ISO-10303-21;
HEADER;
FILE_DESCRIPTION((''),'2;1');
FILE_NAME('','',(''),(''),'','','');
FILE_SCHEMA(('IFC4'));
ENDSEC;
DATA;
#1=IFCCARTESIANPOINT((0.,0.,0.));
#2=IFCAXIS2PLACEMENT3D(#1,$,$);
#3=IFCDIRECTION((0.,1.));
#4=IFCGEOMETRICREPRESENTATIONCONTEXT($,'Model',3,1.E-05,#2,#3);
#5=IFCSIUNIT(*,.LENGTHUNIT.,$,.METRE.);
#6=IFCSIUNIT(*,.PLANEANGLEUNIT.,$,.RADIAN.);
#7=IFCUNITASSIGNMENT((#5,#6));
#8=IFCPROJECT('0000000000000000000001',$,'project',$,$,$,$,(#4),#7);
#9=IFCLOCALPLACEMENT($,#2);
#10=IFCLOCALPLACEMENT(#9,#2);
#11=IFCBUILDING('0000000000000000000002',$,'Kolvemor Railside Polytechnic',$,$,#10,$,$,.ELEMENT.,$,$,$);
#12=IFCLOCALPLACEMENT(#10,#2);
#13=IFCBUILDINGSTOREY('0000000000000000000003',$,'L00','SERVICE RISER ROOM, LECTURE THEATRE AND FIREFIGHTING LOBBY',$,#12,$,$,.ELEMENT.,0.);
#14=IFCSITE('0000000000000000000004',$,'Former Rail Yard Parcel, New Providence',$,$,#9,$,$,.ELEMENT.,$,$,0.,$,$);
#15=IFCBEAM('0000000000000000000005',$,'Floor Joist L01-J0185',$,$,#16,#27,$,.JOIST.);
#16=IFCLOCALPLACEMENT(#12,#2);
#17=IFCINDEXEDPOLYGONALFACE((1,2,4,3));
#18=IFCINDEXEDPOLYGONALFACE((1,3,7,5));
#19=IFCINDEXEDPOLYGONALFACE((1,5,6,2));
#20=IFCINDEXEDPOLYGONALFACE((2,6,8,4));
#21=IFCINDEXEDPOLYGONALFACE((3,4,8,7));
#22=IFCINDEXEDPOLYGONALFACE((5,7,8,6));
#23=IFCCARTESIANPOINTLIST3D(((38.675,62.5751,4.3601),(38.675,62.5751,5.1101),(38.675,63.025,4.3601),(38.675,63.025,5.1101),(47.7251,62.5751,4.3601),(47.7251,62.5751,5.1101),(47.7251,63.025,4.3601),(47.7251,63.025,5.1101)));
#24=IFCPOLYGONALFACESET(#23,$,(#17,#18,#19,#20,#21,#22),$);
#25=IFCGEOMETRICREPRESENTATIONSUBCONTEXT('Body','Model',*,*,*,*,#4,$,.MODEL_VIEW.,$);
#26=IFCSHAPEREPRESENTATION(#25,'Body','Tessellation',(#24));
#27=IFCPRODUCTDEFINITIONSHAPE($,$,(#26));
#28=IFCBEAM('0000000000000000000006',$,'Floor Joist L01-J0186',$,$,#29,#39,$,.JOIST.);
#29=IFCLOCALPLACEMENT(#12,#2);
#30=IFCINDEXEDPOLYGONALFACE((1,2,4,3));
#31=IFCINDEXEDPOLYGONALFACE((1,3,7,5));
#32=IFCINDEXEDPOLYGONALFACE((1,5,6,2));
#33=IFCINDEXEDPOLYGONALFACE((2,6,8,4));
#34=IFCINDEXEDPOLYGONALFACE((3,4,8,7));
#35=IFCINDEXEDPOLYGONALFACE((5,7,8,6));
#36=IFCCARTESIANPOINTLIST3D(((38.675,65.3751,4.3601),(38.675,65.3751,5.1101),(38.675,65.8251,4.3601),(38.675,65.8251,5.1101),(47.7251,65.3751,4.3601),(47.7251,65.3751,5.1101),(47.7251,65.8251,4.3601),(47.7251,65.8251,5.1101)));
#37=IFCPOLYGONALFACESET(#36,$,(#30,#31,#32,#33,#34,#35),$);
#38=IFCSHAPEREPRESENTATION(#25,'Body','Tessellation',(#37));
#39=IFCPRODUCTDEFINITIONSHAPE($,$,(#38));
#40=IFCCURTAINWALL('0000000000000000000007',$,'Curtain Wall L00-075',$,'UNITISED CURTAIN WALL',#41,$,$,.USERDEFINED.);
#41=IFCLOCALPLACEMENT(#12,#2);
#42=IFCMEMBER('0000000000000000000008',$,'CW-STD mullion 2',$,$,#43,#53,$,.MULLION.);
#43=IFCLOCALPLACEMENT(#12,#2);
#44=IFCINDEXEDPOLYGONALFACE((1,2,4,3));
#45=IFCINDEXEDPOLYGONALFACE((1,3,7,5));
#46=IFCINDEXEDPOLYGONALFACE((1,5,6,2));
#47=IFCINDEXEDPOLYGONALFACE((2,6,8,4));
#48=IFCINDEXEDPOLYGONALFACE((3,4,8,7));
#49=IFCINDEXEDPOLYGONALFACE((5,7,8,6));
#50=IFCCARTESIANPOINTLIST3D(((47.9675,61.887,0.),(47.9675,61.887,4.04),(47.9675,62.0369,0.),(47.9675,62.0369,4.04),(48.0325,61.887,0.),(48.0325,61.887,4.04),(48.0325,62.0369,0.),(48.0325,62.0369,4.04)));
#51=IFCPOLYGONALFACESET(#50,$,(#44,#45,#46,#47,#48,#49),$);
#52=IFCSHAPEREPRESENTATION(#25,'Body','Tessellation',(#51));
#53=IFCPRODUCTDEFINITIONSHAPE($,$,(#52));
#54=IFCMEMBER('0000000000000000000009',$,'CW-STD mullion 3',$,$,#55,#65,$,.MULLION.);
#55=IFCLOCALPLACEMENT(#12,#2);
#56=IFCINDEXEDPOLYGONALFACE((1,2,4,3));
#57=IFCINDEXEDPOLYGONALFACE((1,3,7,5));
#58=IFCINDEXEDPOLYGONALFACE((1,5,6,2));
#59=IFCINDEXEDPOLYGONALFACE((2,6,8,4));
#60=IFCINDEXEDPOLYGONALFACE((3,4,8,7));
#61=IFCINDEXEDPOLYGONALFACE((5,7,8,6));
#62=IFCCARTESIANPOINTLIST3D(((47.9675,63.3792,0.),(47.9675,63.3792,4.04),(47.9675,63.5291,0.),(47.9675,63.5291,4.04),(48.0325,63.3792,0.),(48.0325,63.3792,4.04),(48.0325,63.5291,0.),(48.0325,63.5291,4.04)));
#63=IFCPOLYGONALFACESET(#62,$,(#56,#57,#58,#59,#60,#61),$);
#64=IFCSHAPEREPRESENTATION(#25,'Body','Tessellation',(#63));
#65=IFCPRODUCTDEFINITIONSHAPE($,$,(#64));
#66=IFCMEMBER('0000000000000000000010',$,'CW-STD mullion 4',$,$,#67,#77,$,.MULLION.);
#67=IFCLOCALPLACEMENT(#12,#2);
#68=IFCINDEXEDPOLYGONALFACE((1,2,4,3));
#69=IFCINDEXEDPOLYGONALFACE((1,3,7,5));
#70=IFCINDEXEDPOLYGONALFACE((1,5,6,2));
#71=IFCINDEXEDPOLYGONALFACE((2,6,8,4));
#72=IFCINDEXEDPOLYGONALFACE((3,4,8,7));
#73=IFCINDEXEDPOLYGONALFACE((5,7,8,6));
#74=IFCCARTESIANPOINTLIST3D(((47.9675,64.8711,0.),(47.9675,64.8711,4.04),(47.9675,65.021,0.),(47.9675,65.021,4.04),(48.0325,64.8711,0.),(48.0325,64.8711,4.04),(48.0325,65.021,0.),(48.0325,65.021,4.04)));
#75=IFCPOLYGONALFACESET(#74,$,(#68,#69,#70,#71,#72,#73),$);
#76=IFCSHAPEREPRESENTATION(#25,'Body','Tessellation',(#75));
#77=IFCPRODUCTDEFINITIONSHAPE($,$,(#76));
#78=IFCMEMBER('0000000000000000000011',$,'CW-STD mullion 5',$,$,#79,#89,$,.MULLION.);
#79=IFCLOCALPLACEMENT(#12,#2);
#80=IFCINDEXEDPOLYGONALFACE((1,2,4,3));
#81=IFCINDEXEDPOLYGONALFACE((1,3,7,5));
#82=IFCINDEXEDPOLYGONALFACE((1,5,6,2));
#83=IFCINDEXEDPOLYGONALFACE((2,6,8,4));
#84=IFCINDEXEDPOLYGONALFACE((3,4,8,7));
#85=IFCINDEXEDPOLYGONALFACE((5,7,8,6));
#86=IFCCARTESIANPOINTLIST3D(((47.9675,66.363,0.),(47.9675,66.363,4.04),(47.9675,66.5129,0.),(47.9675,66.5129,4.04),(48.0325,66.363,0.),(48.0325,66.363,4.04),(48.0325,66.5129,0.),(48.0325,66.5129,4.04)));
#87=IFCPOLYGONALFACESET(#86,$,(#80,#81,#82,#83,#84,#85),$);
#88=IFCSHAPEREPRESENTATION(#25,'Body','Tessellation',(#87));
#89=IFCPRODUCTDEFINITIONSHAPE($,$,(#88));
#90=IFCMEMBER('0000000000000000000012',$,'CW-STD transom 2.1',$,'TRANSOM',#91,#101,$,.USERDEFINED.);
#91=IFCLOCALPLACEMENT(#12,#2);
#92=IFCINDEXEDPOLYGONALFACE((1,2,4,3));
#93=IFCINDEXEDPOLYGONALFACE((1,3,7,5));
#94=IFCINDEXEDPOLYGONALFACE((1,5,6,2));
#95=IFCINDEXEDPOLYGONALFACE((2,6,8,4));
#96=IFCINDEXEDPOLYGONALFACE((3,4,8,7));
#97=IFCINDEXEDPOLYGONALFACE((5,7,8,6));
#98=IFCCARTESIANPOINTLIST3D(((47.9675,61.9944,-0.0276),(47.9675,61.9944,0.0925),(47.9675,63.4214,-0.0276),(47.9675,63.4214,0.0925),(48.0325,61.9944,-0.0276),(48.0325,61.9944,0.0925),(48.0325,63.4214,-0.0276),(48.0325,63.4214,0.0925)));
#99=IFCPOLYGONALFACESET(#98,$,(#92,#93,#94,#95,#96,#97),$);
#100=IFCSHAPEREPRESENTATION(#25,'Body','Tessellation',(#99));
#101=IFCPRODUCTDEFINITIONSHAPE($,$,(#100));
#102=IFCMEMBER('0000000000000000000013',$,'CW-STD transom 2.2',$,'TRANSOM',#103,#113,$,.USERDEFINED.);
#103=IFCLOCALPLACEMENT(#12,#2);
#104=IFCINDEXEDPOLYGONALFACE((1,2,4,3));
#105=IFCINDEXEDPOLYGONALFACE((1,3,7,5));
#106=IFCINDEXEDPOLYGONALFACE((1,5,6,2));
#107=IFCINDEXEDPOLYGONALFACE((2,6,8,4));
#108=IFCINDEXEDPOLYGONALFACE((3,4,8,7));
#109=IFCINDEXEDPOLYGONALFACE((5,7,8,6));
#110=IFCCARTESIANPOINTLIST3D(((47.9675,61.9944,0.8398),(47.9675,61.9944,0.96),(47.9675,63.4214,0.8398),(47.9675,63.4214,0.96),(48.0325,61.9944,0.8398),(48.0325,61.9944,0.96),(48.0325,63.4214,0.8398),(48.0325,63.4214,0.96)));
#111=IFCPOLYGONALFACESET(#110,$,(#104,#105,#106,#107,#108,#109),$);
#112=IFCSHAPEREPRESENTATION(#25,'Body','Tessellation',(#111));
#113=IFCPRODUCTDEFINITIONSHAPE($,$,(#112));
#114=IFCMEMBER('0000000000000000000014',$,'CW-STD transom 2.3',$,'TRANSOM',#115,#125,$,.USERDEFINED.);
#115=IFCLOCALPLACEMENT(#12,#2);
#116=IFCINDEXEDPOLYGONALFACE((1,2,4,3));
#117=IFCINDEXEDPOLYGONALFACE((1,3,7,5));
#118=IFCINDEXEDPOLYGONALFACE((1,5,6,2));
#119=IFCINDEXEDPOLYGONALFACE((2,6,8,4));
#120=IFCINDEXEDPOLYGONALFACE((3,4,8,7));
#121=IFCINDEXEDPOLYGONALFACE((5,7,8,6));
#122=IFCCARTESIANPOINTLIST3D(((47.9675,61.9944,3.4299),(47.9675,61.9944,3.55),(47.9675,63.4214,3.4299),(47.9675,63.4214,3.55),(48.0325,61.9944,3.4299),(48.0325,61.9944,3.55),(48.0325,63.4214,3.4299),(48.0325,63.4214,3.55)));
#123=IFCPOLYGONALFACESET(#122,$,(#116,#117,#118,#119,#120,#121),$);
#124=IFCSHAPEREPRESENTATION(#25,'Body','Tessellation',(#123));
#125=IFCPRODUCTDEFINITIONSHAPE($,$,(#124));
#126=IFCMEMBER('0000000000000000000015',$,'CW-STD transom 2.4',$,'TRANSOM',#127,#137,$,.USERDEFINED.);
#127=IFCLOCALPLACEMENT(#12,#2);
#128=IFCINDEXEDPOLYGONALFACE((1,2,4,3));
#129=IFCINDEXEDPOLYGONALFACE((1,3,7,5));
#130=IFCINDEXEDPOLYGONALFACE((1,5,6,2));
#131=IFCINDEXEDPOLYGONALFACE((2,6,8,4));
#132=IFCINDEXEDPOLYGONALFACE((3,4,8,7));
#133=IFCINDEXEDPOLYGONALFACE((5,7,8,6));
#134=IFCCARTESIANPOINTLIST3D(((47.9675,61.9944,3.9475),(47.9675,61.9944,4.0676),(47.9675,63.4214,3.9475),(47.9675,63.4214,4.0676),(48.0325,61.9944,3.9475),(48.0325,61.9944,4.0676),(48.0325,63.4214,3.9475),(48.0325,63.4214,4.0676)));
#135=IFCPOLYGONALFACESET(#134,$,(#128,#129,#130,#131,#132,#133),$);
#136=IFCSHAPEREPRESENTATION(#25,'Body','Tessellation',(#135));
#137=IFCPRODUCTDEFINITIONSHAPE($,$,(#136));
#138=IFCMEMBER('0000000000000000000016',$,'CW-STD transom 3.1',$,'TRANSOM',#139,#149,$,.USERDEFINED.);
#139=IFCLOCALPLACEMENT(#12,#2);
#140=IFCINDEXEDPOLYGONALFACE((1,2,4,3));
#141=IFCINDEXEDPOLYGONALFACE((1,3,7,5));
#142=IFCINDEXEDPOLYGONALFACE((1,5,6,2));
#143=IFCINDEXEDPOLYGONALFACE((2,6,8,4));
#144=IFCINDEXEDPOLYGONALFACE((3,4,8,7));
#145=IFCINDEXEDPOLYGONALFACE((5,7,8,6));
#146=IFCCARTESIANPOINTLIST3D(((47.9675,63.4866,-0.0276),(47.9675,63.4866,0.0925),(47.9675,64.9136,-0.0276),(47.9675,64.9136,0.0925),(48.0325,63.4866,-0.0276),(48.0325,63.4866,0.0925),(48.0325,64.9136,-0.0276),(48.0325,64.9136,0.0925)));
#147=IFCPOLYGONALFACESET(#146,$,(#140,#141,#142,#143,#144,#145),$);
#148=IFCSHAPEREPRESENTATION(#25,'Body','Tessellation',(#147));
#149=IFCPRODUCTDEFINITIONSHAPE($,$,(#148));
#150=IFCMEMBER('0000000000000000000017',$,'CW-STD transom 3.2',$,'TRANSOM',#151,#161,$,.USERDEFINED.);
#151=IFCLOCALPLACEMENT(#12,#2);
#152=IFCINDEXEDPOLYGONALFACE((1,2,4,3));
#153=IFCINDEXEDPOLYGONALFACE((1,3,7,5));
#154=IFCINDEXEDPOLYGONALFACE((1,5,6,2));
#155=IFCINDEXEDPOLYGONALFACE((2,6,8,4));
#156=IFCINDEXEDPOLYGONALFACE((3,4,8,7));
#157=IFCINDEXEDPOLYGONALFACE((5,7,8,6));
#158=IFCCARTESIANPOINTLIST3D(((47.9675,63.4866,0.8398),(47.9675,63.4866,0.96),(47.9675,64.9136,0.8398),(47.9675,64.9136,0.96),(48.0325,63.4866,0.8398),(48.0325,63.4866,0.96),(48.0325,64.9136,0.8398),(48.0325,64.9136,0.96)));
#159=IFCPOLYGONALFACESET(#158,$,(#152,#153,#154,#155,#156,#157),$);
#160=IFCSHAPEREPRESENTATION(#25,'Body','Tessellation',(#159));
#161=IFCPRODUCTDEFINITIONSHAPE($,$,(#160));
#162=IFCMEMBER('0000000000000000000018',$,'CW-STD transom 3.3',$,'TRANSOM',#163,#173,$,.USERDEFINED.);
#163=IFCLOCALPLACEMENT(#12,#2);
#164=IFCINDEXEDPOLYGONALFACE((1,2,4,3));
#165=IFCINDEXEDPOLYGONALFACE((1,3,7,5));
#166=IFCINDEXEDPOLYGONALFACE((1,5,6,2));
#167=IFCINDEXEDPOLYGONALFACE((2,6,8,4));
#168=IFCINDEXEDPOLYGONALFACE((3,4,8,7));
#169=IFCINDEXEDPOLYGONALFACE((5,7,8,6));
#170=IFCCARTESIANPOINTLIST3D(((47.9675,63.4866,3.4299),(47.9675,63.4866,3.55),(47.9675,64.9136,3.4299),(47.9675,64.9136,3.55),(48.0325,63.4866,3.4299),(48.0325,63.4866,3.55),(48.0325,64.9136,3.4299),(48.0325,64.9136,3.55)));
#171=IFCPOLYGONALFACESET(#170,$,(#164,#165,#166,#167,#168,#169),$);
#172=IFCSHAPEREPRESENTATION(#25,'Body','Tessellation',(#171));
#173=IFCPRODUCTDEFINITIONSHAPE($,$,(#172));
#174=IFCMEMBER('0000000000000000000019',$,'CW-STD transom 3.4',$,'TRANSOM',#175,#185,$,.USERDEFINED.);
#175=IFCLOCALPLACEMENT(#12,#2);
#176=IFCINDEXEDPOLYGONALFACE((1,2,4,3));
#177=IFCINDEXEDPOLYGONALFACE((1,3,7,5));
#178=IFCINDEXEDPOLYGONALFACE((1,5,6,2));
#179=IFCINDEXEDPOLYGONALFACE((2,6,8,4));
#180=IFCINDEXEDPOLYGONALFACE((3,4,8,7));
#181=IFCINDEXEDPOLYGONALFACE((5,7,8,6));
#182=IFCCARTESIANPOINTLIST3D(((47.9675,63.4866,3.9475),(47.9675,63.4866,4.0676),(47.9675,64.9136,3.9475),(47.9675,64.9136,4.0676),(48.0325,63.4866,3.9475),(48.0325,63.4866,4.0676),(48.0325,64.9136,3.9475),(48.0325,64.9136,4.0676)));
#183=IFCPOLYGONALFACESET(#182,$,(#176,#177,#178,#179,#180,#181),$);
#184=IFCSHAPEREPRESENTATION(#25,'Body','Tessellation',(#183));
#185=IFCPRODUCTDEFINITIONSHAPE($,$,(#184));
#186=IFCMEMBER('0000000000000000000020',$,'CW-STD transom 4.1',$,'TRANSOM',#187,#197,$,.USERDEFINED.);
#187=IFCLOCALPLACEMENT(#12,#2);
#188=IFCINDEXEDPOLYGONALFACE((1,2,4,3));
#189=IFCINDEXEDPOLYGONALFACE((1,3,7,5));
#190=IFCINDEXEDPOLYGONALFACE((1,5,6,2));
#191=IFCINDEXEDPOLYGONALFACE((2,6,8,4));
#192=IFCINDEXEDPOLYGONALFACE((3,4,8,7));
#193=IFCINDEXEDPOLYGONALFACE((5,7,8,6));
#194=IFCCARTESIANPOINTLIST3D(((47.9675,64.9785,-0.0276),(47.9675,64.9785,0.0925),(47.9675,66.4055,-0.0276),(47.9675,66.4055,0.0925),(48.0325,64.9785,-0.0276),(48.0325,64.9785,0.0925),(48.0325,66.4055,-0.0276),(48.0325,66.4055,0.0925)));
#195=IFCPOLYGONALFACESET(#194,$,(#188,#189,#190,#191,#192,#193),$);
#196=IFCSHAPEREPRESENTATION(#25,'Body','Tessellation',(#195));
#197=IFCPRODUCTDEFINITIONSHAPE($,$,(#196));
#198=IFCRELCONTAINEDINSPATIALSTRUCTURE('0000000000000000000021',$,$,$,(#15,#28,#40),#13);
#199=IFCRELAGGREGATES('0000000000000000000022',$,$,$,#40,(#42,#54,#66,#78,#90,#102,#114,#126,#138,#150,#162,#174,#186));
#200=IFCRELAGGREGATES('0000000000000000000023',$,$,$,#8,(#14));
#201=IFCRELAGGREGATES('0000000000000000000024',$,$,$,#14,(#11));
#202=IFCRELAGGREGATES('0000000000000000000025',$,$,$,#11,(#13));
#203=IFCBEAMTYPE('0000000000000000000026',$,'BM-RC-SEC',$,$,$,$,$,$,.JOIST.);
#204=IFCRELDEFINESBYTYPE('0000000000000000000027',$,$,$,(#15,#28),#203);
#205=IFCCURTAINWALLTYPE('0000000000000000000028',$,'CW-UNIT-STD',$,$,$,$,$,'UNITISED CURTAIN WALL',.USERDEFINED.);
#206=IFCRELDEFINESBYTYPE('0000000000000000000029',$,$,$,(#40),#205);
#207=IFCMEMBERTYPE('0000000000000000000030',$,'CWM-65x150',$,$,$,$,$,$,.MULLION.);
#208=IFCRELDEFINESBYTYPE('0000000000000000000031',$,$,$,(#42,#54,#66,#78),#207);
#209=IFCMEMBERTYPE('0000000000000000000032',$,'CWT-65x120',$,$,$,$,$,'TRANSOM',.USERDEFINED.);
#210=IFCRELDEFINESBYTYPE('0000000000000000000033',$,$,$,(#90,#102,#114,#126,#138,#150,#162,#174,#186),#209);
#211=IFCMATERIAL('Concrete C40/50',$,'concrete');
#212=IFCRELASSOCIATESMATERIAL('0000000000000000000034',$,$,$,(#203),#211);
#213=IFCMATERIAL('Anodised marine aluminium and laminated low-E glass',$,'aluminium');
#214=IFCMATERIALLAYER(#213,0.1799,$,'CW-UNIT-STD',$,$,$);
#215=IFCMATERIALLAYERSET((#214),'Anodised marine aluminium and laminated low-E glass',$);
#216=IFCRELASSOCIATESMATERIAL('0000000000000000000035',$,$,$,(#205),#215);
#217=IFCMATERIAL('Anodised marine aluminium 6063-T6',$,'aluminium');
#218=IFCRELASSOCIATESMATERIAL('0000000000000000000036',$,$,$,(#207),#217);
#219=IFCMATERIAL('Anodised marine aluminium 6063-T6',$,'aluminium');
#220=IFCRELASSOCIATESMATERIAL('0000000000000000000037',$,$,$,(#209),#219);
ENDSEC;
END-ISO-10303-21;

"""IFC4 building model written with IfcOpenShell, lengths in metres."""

from ifc_helpers import new_model, si_unit, direction, frame, origin, origin_2d, place, context, subcontext, project, spatial, rectangle, extrude, material, layer, layer_set, material_profile, profile_set, type_object, element, aggregate, save


model = new_model("IFC4")

# Units and contexts
model_context = context("Model", 3, precision=1e-05, world=origin(), true_north=direction((0.0, 1.0)))
body_context = subcontext(model_context, "Body", "Model", "MODEL_VIEW")
ifc_project = project(units=[si_unit("LENGTHUNIT", "METRE"), si_unit("PLANEANGLEUNIT", "RADIAN")], contexts=[model_context])

# Site, building, storey
site_placement = place(None, origin())
site = spatial("IfcSite", under=ifc_project, at=site_placement, Name="Former Rail Yard Parcel, New Providence", CompositionType="ELEMENT", RefElevation=0.0)
building_placement = place(site_placement, origin())
building = spatial("IfcBuilding", under=site, at=building_placement, Name="Kolvemor Railside Polytechnic", CompositionType="ELEMENT")
storey_placement = place(building_placement, origin())
storey = spatial("IfcBuildingStorey", under=building, at=storey_placement, Name="L00", Description="SERVICE RISER ROOM, LECTURE THEATRE AND FIREFIGHTING LOBBY", CompositionType="ELEMENT", Elevation=0.0)

# Beams
ifc_material_1 = material(Name="Concrete C40/50", Category="concrete")
ifc_material_profile_1 = material_profile(ifc_material_1, rectangle(XDim=0.45, YDim=0.75, at=origin_2d()), Name="RC450x750")
ifc_profile_set_1 = profile_set([ifc_material_profile_1], Name="Concrete C40/50")
beam_type = type_object("IfcBeamType", Name="BM-RC-SEC", PredefinedType="JOIST", material=ifc_profile_set_1)
for number, where, z_axis, x_axis, name in (
    (1, (38.675, 62.8, 4.7351), (1.0, 0.0, 0.0), (0.0, 1.0, 0.0), "Floor Joist L01-J0185"),
    (2, (38.675, 65.6001, 4.7351), (1.0, 0.0, 0.0), (0.0, 1.0, 0.0), "Floor Joist L01-J0186"),
):
    element("IfcBeam", number, at=place(storey_placement, frame(where, z_axis=z_axis, x_axis=x_axis)), inside=storey, type_object=beam_type, Name=name, PredefinedType="JOIST", context=body_context, shape_type="SweptSolid", body=[
        extrude(rectangle(XDim=0.45, YDim=0.75, at=origin_2d()), origin(), (0.0, 0.0, 1.0), 9.05),
    ])

# Curtain wall, members
ifc_material_2 = material(Name="Anodised marine aluminium and laminated low-E glass", Category="aluminium")
ifc_layer_1 = layer(ifc_material_2, 0.1799, Name="CW-UNIT-STD")
ifc_layer_set_1 = layer_set([ifc_layer_1], Name="Anodised marine aluminium and laminated low-E glass")
curtain_wall_type = type_object("IfcCurtainWallType", Name="CW-UNIT-STD", ElementType="UNITISED CURTAIN WALL", PredefinedType="USERDEFINED", material=ifc_layer_set_1)
curtain_wall_placement = place(storey_placement, origin())
curtain_wall = element("IfcCurtainWall", 3, at=curtain_wall_placement, inside=storey, type_object=curtain_wall_type, Name="Curtain Wall L00-075", ObjectType="UNITISED CURTAIN WALL", PredefinedType="USERDEFINED")
ifc_material_3 = material(Name="Anodised marine aluminium 6063-T6", Category="aluminium")
ifc_material_profile_2 = material_profile(ifc_material_3, rectangle(XDim=0.0649, YDim=0.1499, at=origin_2d()), Name="CW-MUL-65x150")
ifc_profile_set_2 = profile_set([ifc_material_profile_2], Name="Anodised marine aluminium 6063-T6")
member_type_1 = type_object("IfcMemberType", Name="CWM-65x150", PredefinedType="MULLION", material=ifc_profile_set_2)
member_1_placement = place(storey_placement, frame((48.0, 61.9619, 0.0), z_axis=(0.0, 0.0, 1.0), x_axis=(-1.0, 0.0, 0.0)))
member_1 = element("IfcMember", 4, at=member_1_placement, type_object=member_type_1, Name="CW-STD mullion 2", PredefinedType="MULLION", context=body_context, shape_type="SweptSolid", body=[
    extrude(rectangle(XDim=0.0649, YDim=0.1499, at=origin_2d()), origin(), (0.0, 0.0, 1.0), 4.04),
])
member_2_placement = place(storey_placement, frame((48.0, 63.4541, 0.0), z_axis=(0.0, 0.0, 1.0), x_axis=(-1.0, 0.0, 0.0)))
member_2 = element("IfcMember", 5, at=member_2_placement, type_object=member_type_1, Name="CW-STD mullion 3", PredefinedType="MULLION", context=body_context, shape_type="SweptSolid", body=[
    extrude(rectangle(XDim=0.0649, YDim=0.1499, at=origin_2d()), origin(), (0.0, 0.0, 1.0), 4.04),
])
member_3_placement = place(storey_placement, frame((48.0, 64.946, 0.0), z_axis=(0.0, 0.0, 1.0), x_axis=(-1.0, 0.0, 0.0)))
member_3 = element("IfcMember", 6, at=member_3_placement, type_object=member_type_1, Name="CW-STD mullion 4", PredefinedType="MULLION", context=body_context, shape_type="SweptSolid", body=[
    extrude(rectangle(XDim=0.0649, YDim=0.1499, at=origin_2d()), origin(), (0.0, 0.0, 1.0), 4.04),
])
member_4_placement = place(storey_placement, frame((48.0, 66.438, 0.0), z_axis=(0.0, 0.0, 1.0), x_axis=(-1.0, 0.0, 0.0)))
member_4 = element("IfcMember", 7, at=member_4_placement, type_object=member_type_1, Name="CW-STD mullion 5", PredefinedType="MULLION", context=body_context, shape_type="SweptSolid", body=[
    extrude(rectangle(XDim=0.0649, YDim=0.1499, at=origin_2d()), origin(), (0.0, 0.0, 1.0), 4.04),
])
ifc_material_4 = material(Name="Anodised marine aluminium 6063-T6", Category="aluminium")
ifc_material_profile_3 = material_profile(ifc_material_4, rectangle(XDim=0.0649, YDim=0.1201, at=origin_2d()), Name="CW-TRN-65x120")
ifc_profile_set_3 = profile_set([ifc_material_profile_3], Name="Anodised marine aluminium 6063-T6")
member_type_2 = type_object("IfcMemberType", Name="CWT-65x120", ElementType="TRANSOM", PredefinedType="USERDEFINED", material=ifc_profile_set_3)
member_5_placement = place(storey_placement, frame((48.0, 61.9944, 0.0325), z_axis=(0.0, 1.0, 0.0), x_axis=(-1.0, 0.0, 0.0)))
member_5 = element("IfcMember", 8, at=member_5_placement, type_object=member_type_2, Name="CW-STD transom 2.1", ObjectType="TRANSOM", PredefinedType="USERDEFINED", context=body_context, shape_type="SweptSolid", body=[
    extrude(rectangle(XDim=0.0649, YDim=0.1201, at=origin_2d()), origin(), (0.0, 0.0, 1.0), 1.427),
])
member_6_placement = place(storey_placement, frame((48.0, 61.9944, 0.8999), z_axis=(0.0, 1.0, 0.0), x_axis=(-1.0, 0.0, 0.0)))
member_6 = element("IfcMember", 9, at=member_6_placement, type_object=member_type_2, Name="CW-STD transom 2.2", ObjectType="TRANSOM", PredefinedType="USERDEFINED", context=body_context, shape_type="SweptSolid", body=[
    extrude(rectangle(XDim=0.0649, YDim=0.1201, at=origin_2d()), origin(), (0.0, 0.0, 1.0), 1.427),
])
member_7_placement = place(storey_placement, frame((48.0, 61.9944, 3.49), z_axis=(0.0, 1.0, 0.0), x_axis=(-1.0, 0.0, 0.0)))
member_7 = element("IfcMember", 10, at=member_7_placement, type_object=member_type_2, Name="CW-STD transom 2.3", ObjectType="TRANSOM", PredefinedType="USERDEFINED", context=body_context, shape_type="SweptSolid", body=[
    extrude(rectangle(XDim=0.0649, YDim=0.1201, at=origin_2d()), origin(), (0.0, 0.0, 1.0), 1.427),
])
member_8_placement = place(storey_placement, frame((48.0, 61.9944, 4.0076), z_axis=(0.0, 1.0, 0.0), x_axis=(-1.0, 0.0, 0.0)))
member_8 = element("IfcMember", 11, at=member_8_placement, type_object=member_type_2, Name="CW-STD transom 2.4", ObjectType="TRANSOM", PredefinedType="USERDEFINED", context=body_context, shape_type="SweptSolid", body=[
    extrude(rectangle(XDim=0.0649, YDim=0.1201, at=origin_2d()), origin(), (0.0, 0.0, 1.0), 1.427),
])
member_9_placement = place(storey_placement, frame((48.0, 63.4866, 0.0325), z_axis=(0.0, 1.0, 0.0), x_axis=(-1.0, 0.0, 0.0)))
member_9 = element("IfcMember", 12, at=member_9_placement, type_object=member_type_2, Name="CW-STD transom 3.1", ObjectType="TRANSOM", PredefinedType="USERDEFINED", context=body_context, shape_type="SweptSolid", body=[
    extrude(rectangle(XDim=0.0649, YDim=0.1201, at=origin_2d()), origin(), (0.0, 0.0, 1.0), 1.427),
])
member_10_placement = place(storey_placement, frame((48.0, 63.4866, 0.8999), z_axis=(0.0, 1.0, 0.0), x_axis=(-1.0, 0.0, 0.0)))
member_10 = element("IfcMember", 13, at=member_10_placement, type_object=member_type_2, Name="CW-STD transom 3.2", ObjectType="TRANSOM", PredefinedType="USERDEFINED", context=body_context, shape_type="SweptSolid", body=[
    extrude(rectangle(XDim=0.0649, YDim=0.1201, at=origin_2d()), origin(), (0.0, 0.0, 1.0), 1.427),
])
member_11_placement = place(storey_placement, frame((48.0, 63.4866, 3.49), z_axis=(0.0, 1.0, 0.0), x_axis=(-1.0, 0.0, 0.0)))
member_11 = element("IfcMember", 14, at=member_11_placement, type_object=member_type_2, Name="CW-STD transom 3.3", ObjectType="TRANSOM", PredefinedType="USERDEFINED", context=body_context, shape_type="SweptSolid", body=[
    extrude(rectangle(XDim=0.0649, YDim=0.1201, at=origin_2d()), origin(), (0.0, 0.0, 1.0), 1.427),
])
member_12_placement = place(storey_placement, frame((48.0, 63.4866, 4.0076), z_axis=(0.0, 1.0, 0.0), x_axis=(-1.0, 0.0, 0.0)))
member_12 = element("IfcMember", 15, at=member_12_placement, type_object=member_type_2, Name="CW-STD transom 3.4", ObjectType="TRANSOM", PredefinedType="USERDEFINED", context=body_context, shape_type="SweptSolid", body=[
    extrude(rectangle(XDim=0.0649, YDim=0.1201, at=origin_2d()), origin(), (0.0, 0.0, 1.0), 1.427),
])
member_13_placement = place(storey_placement, frame((48.0, 64.9785, 0.0325), z_axis=(0.0, 1.0, 0.0), x_axis=(-1.0, 0.0, 0.0)))
member_13 = element("IfcMember", 16, at=member_13_placement, type_object=member_type_2, Name="CW-STD transom 4.1", ObjectType="TRANSOM", PredefinedType="USERDEFINED", context=body_context, shape_type="SweptSolid", body=[
    extrude(rectangle(XDim=0.0649, YDim=0.1201, at=origin_2d()), origin(), (0.0, 0.0, 1.0), 1.427),
])
aggregate(curtain_wall, [member_1, member_2, member_3, member_4, member_5, member_6, member_7, member_8, member_9, member_10, member_11, member_12, member_13])

save(model, "model.ifc")
